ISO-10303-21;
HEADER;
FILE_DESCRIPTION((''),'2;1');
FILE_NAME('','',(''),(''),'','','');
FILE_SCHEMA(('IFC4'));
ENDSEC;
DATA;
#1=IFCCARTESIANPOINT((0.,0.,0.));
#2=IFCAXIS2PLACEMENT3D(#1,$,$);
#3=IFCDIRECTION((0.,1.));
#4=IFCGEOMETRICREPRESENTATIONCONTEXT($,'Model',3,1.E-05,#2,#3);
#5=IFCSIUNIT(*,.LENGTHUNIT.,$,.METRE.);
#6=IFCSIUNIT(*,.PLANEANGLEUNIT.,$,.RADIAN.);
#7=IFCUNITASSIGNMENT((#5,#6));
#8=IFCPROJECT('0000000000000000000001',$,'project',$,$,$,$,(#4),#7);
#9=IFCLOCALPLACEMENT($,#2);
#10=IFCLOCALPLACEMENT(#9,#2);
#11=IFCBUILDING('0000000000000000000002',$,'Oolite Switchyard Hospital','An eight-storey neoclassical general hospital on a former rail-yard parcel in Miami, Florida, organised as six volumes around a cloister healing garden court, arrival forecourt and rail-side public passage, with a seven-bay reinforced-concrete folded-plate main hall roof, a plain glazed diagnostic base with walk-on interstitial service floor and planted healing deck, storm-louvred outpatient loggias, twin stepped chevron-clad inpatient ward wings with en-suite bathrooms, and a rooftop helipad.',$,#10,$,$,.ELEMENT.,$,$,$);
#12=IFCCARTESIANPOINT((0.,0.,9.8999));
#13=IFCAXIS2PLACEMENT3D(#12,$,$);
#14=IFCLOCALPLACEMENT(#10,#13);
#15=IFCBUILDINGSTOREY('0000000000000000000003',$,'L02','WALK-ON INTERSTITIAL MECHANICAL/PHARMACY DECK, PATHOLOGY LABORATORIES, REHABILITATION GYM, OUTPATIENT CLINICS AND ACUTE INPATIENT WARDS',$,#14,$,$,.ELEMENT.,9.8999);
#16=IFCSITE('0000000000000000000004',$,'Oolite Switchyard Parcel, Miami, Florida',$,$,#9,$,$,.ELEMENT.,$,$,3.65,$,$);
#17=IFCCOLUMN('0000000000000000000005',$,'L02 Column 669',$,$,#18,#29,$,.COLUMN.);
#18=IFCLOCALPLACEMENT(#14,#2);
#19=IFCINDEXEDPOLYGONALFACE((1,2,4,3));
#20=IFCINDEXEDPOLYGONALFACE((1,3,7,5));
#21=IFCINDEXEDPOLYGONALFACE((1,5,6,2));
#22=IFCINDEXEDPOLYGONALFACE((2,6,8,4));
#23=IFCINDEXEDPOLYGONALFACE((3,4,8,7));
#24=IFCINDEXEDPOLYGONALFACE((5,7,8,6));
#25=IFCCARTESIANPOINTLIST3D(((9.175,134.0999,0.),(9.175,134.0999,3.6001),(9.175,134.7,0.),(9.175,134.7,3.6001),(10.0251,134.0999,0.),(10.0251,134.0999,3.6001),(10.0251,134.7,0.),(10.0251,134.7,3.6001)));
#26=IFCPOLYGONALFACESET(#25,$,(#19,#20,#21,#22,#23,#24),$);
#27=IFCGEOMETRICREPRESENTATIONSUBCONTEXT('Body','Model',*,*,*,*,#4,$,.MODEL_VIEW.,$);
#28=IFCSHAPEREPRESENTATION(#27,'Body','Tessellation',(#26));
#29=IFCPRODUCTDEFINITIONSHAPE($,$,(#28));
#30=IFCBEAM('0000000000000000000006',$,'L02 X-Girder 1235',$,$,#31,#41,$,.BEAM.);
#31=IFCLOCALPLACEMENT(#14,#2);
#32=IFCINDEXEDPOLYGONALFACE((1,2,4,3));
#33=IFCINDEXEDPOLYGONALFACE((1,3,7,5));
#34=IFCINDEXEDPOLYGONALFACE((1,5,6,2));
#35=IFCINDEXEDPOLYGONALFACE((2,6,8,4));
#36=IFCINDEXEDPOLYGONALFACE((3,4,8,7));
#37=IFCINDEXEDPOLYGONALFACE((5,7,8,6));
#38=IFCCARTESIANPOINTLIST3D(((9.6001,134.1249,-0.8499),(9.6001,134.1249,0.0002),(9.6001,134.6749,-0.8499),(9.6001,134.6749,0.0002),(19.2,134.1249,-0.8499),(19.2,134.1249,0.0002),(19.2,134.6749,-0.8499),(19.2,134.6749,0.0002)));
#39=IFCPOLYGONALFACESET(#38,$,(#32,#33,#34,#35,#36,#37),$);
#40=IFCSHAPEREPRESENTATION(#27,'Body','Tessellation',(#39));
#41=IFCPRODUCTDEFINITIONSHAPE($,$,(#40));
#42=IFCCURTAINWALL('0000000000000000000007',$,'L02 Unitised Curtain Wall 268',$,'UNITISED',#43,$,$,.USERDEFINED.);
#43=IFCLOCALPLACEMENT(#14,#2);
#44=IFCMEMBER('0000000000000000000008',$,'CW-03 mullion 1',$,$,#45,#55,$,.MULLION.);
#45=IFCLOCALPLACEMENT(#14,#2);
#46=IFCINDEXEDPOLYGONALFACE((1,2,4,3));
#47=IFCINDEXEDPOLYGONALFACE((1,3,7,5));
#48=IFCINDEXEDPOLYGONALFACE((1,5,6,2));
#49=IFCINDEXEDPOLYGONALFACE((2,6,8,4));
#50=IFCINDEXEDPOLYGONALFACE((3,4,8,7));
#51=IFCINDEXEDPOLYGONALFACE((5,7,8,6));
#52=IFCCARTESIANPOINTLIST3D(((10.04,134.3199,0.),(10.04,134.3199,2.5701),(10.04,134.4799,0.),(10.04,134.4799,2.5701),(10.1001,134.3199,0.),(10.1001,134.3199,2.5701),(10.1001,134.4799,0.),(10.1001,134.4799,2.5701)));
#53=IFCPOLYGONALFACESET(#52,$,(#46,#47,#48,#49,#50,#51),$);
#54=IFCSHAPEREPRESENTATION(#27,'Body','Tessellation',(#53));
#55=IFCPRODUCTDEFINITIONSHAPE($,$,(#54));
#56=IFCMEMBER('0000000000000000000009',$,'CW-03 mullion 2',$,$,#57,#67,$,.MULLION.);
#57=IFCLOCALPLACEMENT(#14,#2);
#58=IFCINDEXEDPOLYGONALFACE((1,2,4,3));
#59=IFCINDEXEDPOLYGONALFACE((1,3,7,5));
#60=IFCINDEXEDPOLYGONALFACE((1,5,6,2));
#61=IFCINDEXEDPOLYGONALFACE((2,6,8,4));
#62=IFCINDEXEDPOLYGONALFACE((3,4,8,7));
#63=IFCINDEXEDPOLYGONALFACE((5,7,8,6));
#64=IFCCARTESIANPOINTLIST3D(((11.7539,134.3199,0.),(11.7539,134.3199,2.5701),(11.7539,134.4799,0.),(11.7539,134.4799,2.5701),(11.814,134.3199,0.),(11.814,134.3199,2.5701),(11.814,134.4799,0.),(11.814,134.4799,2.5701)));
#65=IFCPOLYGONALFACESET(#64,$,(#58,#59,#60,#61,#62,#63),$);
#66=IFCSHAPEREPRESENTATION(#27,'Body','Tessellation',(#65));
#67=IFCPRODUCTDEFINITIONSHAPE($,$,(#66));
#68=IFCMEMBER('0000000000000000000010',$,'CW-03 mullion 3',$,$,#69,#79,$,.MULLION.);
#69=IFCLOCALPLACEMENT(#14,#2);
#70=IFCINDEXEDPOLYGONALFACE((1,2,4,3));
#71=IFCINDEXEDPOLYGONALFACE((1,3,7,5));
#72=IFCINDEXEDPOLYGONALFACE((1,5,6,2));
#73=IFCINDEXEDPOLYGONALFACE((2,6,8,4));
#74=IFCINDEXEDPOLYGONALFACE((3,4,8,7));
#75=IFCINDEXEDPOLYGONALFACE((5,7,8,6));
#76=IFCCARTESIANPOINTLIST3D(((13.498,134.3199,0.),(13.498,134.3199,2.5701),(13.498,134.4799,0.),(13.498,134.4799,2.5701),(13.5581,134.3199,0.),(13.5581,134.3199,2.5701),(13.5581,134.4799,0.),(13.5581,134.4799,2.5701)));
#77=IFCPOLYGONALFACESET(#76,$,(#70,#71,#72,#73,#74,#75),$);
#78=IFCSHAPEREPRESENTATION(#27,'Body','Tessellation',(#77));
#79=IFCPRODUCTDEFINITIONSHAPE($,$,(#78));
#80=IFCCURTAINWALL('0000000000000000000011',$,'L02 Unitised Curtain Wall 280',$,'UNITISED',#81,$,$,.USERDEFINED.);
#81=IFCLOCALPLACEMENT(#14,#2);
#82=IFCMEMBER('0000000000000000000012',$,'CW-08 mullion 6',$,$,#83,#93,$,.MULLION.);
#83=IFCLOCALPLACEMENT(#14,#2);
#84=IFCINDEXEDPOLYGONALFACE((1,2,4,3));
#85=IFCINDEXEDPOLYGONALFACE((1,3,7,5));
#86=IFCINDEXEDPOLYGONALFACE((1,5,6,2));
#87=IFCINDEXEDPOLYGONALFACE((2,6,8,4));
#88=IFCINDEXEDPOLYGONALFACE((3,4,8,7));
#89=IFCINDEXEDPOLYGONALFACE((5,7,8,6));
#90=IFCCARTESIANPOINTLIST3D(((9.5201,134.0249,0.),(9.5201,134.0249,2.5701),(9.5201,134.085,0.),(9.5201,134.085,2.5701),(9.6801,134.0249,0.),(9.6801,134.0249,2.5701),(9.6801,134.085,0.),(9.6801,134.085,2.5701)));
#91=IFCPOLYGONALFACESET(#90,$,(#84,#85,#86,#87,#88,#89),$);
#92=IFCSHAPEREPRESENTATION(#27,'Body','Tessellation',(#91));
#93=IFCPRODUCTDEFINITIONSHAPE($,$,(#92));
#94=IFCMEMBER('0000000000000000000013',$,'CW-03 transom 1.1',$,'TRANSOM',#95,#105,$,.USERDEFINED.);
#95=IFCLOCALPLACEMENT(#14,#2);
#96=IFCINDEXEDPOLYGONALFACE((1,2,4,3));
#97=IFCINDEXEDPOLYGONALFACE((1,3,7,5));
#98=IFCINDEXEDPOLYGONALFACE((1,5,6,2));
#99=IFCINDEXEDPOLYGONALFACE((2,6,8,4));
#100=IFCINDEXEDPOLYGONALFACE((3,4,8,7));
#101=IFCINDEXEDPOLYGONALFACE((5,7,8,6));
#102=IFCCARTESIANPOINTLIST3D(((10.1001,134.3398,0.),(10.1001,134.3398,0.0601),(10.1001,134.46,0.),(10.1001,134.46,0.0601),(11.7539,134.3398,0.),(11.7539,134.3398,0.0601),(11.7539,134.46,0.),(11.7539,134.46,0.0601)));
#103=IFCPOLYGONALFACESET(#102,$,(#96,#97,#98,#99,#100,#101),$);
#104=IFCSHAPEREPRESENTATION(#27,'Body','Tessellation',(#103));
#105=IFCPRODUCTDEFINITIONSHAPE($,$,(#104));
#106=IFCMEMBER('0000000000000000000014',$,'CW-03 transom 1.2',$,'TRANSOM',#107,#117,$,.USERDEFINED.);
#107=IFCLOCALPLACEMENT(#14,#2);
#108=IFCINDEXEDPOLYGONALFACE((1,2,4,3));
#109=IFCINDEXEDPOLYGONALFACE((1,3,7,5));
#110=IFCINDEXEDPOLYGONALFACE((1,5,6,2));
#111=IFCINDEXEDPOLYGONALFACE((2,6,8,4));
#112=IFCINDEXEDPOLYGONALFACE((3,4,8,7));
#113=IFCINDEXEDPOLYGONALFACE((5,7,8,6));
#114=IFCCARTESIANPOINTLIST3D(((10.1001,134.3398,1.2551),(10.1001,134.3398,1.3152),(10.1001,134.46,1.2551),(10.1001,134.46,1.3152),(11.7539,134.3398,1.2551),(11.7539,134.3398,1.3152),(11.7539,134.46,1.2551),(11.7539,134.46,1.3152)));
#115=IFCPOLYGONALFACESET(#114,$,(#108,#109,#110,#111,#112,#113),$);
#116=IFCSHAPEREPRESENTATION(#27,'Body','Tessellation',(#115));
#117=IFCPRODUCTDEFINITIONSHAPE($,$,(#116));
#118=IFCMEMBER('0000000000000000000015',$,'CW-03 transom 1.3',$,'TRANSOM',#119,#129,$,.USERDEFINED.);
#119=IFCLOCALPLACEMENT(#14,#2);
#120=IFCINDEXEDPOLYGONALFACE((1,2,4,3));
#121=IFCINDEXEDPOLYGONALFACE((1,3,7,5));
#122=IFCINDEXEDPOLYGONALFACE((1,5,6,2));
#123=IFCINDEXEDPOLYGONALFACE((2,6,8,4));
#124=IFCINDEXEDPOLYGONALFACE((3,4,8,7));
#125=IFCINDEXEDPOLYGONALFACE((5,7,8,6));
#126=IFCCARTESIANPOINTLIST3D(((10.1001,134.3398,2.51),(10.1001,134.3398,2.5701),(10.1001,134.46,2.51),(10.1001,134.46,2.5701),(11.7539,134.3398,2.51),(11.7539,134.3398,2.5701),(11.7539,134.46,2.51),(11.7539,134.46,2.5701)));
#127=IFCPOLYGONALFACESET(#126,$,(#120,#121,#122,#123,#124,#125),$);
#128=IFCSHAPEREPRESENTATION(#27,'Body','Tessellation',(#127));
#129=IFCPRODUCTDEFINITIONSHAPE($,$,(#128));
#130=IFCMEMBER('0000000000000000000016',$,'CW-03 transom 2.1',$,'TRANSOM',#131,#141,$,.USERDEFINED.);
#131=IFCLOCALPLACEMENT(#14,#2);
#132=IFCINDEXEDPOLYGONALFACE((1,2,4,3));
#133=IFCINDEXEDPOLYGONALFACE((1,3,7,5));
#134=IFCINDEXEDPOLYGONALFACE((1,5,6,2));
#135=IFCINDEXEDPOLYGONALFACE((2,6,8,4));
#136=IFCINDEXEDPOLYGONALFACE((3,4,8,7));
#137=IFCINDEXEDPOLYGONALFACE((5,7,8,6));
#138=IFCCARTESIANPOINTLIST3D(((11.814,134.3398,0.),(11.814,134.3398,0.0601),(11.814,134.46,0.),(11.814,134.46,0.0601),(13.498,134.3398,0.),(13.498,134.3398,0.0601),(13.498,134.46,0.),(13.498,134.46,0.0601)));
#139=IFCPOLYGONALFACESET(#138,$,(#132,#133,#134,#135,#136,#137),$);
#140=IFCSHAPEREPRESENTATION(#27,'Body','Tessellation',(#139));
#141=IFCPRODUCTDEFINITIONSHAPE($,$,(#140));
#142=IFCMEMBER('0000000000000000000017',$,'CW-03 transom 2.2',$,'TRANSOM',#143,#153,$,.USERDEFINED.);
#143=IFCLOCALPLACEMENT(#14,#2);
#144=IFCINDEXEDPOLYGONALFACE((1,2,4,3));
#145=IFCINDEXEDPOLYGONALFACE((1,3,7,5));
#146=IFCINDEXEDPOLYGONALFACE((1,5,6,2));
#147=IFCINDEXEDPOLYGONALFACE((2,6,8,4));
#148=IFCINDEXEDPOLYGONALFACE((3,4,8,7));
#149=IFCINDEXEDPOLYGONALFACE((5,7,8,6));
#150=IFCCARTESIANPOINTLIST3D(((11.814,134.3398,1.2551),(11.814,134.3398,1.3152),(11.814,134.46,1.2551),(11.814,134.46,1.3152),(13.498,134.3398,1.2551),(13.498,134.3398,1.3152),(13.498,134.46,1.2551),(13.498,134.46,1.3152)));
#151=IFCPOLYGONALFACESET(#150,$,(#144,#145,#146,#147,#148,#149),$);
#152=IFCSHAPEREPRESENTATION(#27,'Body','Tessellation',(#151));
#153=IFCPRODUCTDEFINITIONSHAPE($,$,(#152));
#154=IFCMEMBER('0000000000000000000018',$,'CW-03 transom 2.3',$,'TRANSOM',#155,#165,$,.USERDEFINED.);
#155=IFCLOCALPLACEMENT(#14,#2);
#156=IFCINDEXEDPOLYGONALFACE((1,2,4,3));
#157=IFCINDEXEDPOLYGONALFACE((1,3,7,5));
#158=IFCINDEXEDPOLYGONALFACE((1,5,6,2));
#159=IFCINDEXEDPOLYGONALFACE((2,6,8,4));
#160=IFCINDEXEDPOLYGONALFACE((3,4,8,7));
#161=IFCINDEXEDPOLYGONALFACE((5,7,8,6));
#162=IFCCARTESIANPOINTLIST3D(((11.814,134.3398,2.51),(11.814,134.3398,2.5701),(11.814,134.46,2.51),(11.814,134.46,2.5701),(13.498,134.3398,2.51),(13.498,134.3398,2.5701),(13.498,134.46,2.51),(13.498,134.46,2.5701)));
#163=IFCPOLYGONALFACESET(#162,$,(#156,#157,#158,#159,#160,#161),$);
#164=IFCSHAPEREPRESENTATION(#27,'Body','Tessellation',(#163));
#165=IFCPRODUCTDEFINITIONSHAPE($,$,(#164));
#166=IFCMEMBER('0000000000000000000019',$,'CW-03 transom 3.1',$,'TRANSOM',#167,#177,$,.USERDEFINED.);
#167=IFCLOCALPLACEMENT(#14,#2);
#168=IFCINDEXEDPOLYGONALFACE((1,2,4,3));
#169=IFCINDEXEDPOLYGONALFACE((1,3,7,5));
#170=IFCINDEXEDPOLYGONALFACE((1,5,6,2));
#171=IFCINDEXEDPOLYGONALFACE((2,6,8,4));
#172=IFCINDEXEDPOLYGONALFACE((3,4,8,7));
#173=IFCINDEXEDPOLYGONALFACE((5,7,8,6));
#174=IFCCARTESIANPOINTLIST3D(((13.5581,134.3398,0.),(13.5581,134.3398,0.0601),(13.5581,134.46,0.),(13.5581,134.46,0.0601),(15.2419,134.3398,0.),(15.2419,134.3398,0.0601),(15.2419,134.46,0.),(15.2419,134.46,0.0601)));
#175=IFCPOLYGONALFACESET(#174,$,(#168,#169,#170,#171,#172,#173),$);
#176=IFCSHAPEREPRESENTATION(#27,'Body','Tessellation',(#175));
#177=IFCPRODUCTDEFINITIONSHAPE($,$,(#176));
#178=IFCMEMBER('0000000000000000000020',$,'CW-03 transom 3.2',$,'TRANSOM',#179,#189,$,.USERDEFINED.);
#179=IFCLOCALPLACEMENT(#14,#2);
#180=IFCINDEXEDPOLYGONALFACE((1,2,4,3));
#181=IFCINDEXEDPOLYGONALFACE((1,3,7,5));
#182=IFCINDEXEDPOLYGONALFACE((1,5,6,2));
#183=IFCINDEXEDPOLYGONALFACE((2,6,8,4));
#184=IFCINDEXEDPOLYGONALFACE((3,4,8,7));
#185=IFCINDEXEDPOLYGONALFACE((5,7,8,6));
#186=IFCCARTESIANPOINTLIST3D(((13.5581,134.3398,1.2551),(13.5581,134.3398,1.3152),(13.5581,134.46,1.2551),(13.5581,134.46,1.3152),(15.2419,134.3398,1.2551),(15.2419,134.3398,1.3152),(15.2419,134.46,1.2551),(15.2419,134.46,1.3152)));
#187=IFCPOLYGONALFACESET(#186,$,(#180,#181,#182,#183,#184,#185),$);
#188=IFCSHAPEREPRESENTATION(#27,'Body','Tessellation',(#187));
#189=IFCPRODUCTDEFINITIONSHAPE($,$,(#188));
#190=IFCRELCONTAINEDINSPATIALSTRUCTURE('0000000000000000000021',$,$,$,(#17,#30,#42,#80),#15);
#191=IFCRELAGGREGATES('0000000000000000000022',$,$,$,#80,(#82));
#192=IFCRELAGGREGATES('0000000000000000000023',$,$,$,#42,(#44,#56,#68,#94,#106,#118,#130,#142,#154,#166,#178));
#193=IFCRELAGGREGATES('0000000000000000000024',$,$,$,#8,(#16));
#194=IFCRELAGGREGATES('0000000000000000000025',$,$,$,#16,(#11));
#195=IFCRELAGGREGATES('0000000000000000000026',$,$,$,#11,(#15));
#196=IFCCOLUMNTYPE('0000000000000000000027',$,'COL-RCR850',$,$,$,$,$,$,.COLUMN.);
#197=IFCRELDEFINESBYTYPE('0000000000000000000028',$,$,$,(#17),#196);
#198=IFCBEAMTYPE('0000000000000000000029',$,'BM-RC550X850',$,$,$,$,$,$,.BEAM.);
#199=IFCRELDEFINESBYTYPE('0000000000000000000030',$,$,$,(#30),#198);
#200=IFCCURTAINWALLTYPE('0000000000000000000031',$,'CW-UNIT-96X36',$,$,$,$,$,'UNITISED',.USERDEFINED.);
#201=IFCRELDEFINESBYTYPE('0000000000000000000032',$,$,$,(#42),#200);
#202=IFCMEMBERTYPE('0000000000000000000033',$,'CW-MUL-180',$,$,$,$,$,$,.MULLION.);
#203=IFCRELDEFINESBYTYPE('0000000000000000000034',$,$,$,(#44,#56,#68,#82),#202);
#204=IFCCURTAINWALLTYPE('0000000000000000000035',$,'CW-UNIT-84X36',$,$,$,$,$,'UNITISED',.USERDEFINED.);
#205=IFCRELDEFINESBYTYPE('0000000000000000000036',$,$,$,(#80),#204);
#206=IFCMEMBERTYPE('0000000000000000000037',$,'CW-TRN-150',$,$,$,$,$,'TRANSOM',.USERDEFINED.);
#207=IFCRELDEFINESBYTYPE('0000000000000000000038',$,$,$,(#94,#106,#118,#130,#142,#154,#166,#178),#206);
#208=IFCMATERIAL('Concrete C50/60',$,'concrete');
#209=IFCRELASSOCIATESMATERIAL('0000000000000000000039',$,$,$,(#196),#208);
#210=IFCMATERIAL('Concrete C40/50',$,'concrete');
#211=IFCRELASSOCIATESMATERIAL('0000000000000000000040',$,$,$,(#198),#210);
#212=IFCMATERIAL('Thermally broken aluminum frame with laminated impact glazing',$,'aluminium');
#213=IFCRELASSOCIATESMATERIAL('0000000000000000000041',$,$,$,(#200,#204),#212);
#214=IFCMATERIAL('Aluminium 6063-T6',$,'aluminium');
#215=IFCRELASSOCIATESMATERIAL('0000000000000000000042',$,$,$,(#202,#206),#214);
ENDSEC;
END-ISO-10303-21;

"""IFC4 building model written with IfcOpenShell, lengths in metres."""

from ifc_helpers import new_model, si_unit, direction, frame, origin, origin_2d, place, context, subcontext, project, spatial, rectangle, extrude, material, material_profile, profile_set, type_object, element, aggregate, save


model = new_model("IFC4")

# Units and contexts
model_context = context("Model", 3, precision=1e-05, world=origin(), true_north=direction((0.0, 1.0)))
body_context = subcontext(model_context, "Body", "Model", "MODEL_VIEW")
ifc_project = project(units=[si_unit("LENGTHUNIT", "METRE"), si_unit("PLANEANGLEUNIT", "RADIAN")], contexts=[model_context])

# Site, building, storey
site_placement = place(None, origin())
site = spatial("IfcSite", under=ifc_project, at=site_placement, Name="Oolite Switchyard Parcel, Miami, Florida", CompositionType="ELEMENT", RefElevation=3.65)
building_placement = place(site_placement, origin())
building = spatial("IfcBuilding", under=site, at=building_placement, Name="Oolite Switchyard Hospital", Description="An eight-storey neoclassical general hospital on a former rail-yard parcel in Miami, Florida, organised as six volumes around a cloister healing garden court, arrival forecourt and rail-side public passage, with a seven-bay reinforced-concrete folded-plate main hall roof, a plain glazed diagnostic base with walk-on interstitial service floor and planted healing deck, storm-louvred outpatient loggias, twin stepped chevron-clad inpatient ward wings with en-suite bathrooms, and a rooftop helipad.", CompositionType="ELEMENT")
storey_placement = place(building_placement, frame((0.0, 0.0, 9.8999)))
storey = spatial("IfcBuildingStorey", under=building, at=storey_placement, Name="L02", Description="WALK-ON INTERSTITIAL MECHANICAL/PHARMACY DECK, PATHOLOGY LABORATORIES, REHABILITATION GYM, OUTPATIENT CLINICS AND ACUTE INPATIENT WARDS", CompositionType="ELEMENT", Elevation=9.8999)

# Column
ifc_material_1 = material(Name="Concrete C50/60", Category="concrete")
ifc_material_profile_1 = material_profile(ifc_material_1, rectangle(XDim=0.8501, YDim=0.6001, at=origin_2d()), Name="RC850X600")
ifc_profile_set_1 = profile_set([ifc_material_profile_1], Name="Concrete C50/60")
column_type = type_object("IfcColumnType", Name="COL-RCR850", PredefinedType="COLUMN", material=ifc_profile_set_1)
column_placement = place(storey_placement, frame((9.6001, 134.3999, 0.0), z_axis=(0.0, 0.0, 1.0), x_axis=(1.0, 0.0, 0.0)))
element("IfcColumn", 1, at=column_placement, inside=storey, type_object=column_type, Name="L02 Column 669", PredefinedType="COLUMN", context=body_context, shape_type="SweptSolid", body=[
    extrude(rectangle(XDim=0.8501, YDim=0.6001, at=origin_2d()), origin(), (0.0, 0.0, 1.0), 3.6001),
])

# Beam
ifc_material_2 = material(Name="Concrete C40/50", Category="concrete")
ifc_material_profile_2 = material_profile(ifc_material_2, rectangle(XDim=0.55, YDim=0.8501, at=origin_2d()), Name="RCB550X850")
ifc_profile_set_2 = profile_set([ifc_material_profile_2], Name="Concrete C40/50")
beam_type = type_object("IfcBeamType", Name="BM-RC550X850", PredefinedType="BEAM", material=ifc_profile_set_2)
beam_placement = place(storey_placement, frame((9.6001, 134.3999, -0.4248), z_axis=(1.0, 0.0, 0.0), x_axis=(0.0, 1.0, 0.0)))
element("IfcBeam", 2, at=beam_placement, inside=storey, type_object=beam_type, Name="L02 X-Girder 1235", PredefinedType="BEAM", context=body_context, shape_type="SweptSolid", body=[
    extrude(rectangle(XDim=0.55, YDim=0.8501, at=origin_2d()), origin(), (0.0, 0.0, 1.0), 9.5999),
])

# Curtain wall, members
ifc_material_3 = material(Name="Thermally broken aluminum frame with laminated impact glazing", Category="aluminium")
curtain_wall_type_1 = type_object("IfcCurtainWallType", Name="CW-UNIT-96X36", ElementType="UNITISED", PredefinedType="USERDEFINED", material=ifc_material_3)
curtain_wall_1_placement = place(storey_placement, origin())
curtain_wall_1 = element("IfcCurtainWall", 3, at=curtain_wall_1_placement, inside=storey, type_object=curtain_wall_type_1, Name="L02 Unitised Curtain Wall 268", ObjectType="UNITISED", PredefinedType="USERDEFINED")
ifc_material_4 = material(Name="Aluminium 6063-T6", Category="aluminium")
ifc_material_profile_3 = material_profile(ifc_material_4, rectangle(XDim=0.1599, YDim=0.0601, at=origin_2d()), Name="CWM60X160")
ifc_profile_set_3 = profile_set([ifc_material_profile_3], Name="Aluminium 6063-T6")
member_type_1 = type_object("IfcMemberType", Name="CW-MUL-180", PredefinedType="MULLION", material=ifc_profile_set_3)
member_1_placement = place(storey_placement, frame((10.0701, 134.3999, 0.0), z_axis=(0.0, 0.0, 1.0), x_axis=(0.0, 1.0, 0.0)))
member_1 = element("IfcMember", 4, at=member_1_placement, type_object=member_type_1, Name="CW-03 mullion 1", PredefinedType="MULLION", context=body_context, shape_type="SweptSolid", body=[
    extrude(rectangle(XDim=0.1599, YDim=0.0601, at=origin_2d()), origin(), (0.0, 0.0, 1.0), 2.5701),
])
member_2_placement = place(storey_placement, frame((11.7839, 134.3999, 0.0), z_axis=(0.0, 0.0, 1.0), x_axis=(0.0, 1.0, 0.0)))
member_2 = element("IfcMember", 5, at=member_2_placement, type_object=member_type_1, Name="CW-03 mullion 2", PredefinedType="MULLION", context=body_context, shape_type="SweptSolid", body=[
    extrude(rectangle(XDim=0.1599, YDim=0.0601, at=origin_2d()), origin(), (0.0, 0.0, 1.0), 2.5701),
])
member_3_placement = place(storey_placement, frame((13.5281, 134.3999, 0.0), z_axis=(0.0, 0.0, 1.0), x_axis=(0.0, 1.0, 0.0)))
member_3 = element("IfcMember", 6, at=member_3_placement, type_object=member_type_1, Name="CW-03 mullion 3", PredefinedType="MULLION", context=body_context, shape_type="SweptSolid", body=[
    extrude(rectangle(XDim=0.1599, YDim=0.0601, at=origin_2d()), origin(), (0.0, 0.0, 1.0), 2.5701),
])

# Curtain wall, member
curtain_wall_type_2 = type_object("IfcCurtainWallType", Name="CW-UNIT-84X36", ElementType="UNITISED", PredefinedType="USERDEFINED", material=ifc_material_3)
curtain_wall_2_placement = place(storey_placement, origin())
curtain_wall_2 = element("IfcCurtainWall", 7, at=curtain_wall_2_placement, inside=storey, type_object=curtain_wall_type_2, Name="L02 Unitised Curtain Wall 280", ObjectType="UNITISED", PredefinedType="USERDEFINED")
member_4_placement = place(storey_placement, frame((9.6001, 134.0549, 0.0), z_axis=(0.0, 0.0, 1.0), x_axis=(-1.0, 0.0, 0.0)))
member_4 = element("IfcMember", 8, at=member_4_placement, type_object=member_type_1, Name="CW-08 mullion 6", PredefinedType="MULLION", context=body_context, shape_type="SweptSolid", body=[
    extrude(rectangle(XDim=0.1599, YDim=0.0601, at=origin_2d()), origin(), (0.0, 0.0, 1.0), 2.5701),
])

# Members
ifc_material_profile_4 = material_profile(ifc_material_4, rectangle(XDim=0.1201, YDim=0.0601, at=origin_2d()), Name="CWT60X120")
ifc_profile_set_4 = profile_set([ifc_material_profile_4], Name="Aluminium 6063-T6")
member_type_2 = type_object("IfcMemberType", Name="CW-TRN-150", ElementType="TRANSOM", PredefinedType="USERDEFINED", material=ifc_profile_set_4)
member_5_placement = place(storey_placement, frame((10.1001, 134.3999, 0.03), z_axis=(1.0, 0.0, 0.0), x_axis=(0.0, 1.0, 0.0)))
member_5 = element("IfcMember", 9, at=member_5_placement, type_object=member_type_2, Name="CW-03 transom 1.1", ObjectType="TRANSOM", PredefinedType="USERDEFINED", context=body_context, shape_type="SweptSolid", body=[
    extrude(rectangle(XDim=0.1201, YDim=0.0601, at=origin_2d()), origin(), (0.0, 0.0, 1.0), 1.6538),
])
member_6_placement = place(storey_placement, frame((10.1001, 134.3999, 1.2852), z_axis=(1.0, 0.0, 0.0), x_axis=(0.0, 1.0, 0.0)))
member_6 = element("IfcMember", 10, at=member_6_placement, type_object=member_type_2, Name="CW-03 transom 1.2", ObjectType="TRANSOM", PredefinedType="USERDEFINED", context=body_context, shape_type="SweptSolid", body=[
    extrude(rectangle(XDim=0.1201, YDim=0.0601, at=origin_2d()), origin(), (0.0, 0.0, 1.0), 1.6538),
])
member_7_placement = place(storey_placement, frame((10.1001, 134.3999, 2.54), z_axis=(1.0, 0.0, 0.0), x_axis=(0.0, 1.0, 0.0)))
member_7 = element("IfcMember", 11, at=member_7_placement, type_object=member_type_2, Name="CW-03 transom 1.3", ObjectType="TRANSOM", PredefinedType="USERDEFINED", context=body_context, shape_type="SweptSolid", body=[
    extrude(rectangle(XDim=0.1201, YDim=0.0601, at=origin_2d()), origin(), (0.0, 0.0, 1.0), 1.6538),
])
member_8_placement = place(storey_placement, frame((11.814, 134.3999, 0.03), z_axis=(1.0, 0.0, 0.0), x_axis=(0.0, 1.0, 0.0)))
member_8 = element("IfcMember", 12, at=member_8_placement, type_object=member_type_2, Name="CW-03 transom 2.1", ObjectType="TRANSOM", PredefinedType="USERDEFINED", context=body_context, shape_type="SweptSolid", body=[
    extrude(rectangle(XDim=0.1201, YDim=0.0601, at=origin_2d()), origin(), (0.0, 0.0, 1.0), 1.6841),
])
member_9_placement = place(storey_placement, frame((11.814, 134.3999, 1.2852), z_axis=(1.0, 0.0, 0.0), x_axis=(0.0, 1.0, 0.0)))
member_9 = element("IfcMember", 13, at=member_9_placement, type_object=member_type_2, Name="CW-03 transom 2.2", ObjectType="TRANSOM", PredefinedType="USERDEFINED", context=body_context, shape_type="SweptSolid", body=[
    extrude(rectangle(XDim=0.1201, YDim=0.0601, at=origin_2d()), origin(), (0.0, 0.0, 1.0), 1.6841),
])
member_10_placement = place(storey_placement, frame((11.814, 134.3999, 2.54), z_axis=(1.0, 0.0, 0.0), x_axis=(0.0, 1.0, 0.0)))
member_10 = element("IfcMember", 14, at=member_10_placement, type_object=member_type_2, Name="CW-03 transom 2.3", ObjectType="TRANSOM", PredefinedType="USERDEFINED", context=body_context, shape_type="SweptSolid", body=[
    extrude(rectangle(XDim=0.1201, YDim=0.0601, at=origin_2d()), origin(), (0.0, 0.0, 1.0), 1.6841),
])
member_11_placement = place(storey_placement, frame((13.5581, 134.3999, 0.03), z_axis=(1.0, 0.0, 0.0), x_axis=(0.0, 1.0, 0.0)))
member_11 = element("IfcMember", 15, at=member_11_placement, type_object=member_type_2, Name="CW-03 transom 3.1", ObjectType="TRANSOM", PredefinedType="USERDEFINED", context=body_context, shape_type="SweptSolid", body=[
    extrude(rectangle(XDim=0.1201, YDim=0.0601, at=origin_2d()), origin(), (0.0, 0.0, 1.0), 1.6838),
])
member_12_placement = place(storey_placement, frame((13.5581, 134.3999, 1.2852), z_axis=(1.0, 0.0, 0.0), x_axis=(0.0, 1.0, 0.0)))
member_12 = element("IfcMember", 16, at=member_12_placement, type_object=member_type_2, Name="CW-03 transom 3.2", ObjectType="TRANSOM", PredefinedType="USERDEFINED", context=body_context, shape_type="SweptSolid", body=[
    extrude(rectangle(XDim=0.1201, YDim=0.0601, at=origin_2d()), origin(), (0.0, 0.0, 1.0), 1.6838),
])

aggregate(curtain_wall_2, [member_4])
aggregate(curtain_wall_1, [member_1, member_2, member_3, member_5, member_6, member_7, member_8, member_9, member_10, member_11, member_12])

save(model, "model.ifc")
